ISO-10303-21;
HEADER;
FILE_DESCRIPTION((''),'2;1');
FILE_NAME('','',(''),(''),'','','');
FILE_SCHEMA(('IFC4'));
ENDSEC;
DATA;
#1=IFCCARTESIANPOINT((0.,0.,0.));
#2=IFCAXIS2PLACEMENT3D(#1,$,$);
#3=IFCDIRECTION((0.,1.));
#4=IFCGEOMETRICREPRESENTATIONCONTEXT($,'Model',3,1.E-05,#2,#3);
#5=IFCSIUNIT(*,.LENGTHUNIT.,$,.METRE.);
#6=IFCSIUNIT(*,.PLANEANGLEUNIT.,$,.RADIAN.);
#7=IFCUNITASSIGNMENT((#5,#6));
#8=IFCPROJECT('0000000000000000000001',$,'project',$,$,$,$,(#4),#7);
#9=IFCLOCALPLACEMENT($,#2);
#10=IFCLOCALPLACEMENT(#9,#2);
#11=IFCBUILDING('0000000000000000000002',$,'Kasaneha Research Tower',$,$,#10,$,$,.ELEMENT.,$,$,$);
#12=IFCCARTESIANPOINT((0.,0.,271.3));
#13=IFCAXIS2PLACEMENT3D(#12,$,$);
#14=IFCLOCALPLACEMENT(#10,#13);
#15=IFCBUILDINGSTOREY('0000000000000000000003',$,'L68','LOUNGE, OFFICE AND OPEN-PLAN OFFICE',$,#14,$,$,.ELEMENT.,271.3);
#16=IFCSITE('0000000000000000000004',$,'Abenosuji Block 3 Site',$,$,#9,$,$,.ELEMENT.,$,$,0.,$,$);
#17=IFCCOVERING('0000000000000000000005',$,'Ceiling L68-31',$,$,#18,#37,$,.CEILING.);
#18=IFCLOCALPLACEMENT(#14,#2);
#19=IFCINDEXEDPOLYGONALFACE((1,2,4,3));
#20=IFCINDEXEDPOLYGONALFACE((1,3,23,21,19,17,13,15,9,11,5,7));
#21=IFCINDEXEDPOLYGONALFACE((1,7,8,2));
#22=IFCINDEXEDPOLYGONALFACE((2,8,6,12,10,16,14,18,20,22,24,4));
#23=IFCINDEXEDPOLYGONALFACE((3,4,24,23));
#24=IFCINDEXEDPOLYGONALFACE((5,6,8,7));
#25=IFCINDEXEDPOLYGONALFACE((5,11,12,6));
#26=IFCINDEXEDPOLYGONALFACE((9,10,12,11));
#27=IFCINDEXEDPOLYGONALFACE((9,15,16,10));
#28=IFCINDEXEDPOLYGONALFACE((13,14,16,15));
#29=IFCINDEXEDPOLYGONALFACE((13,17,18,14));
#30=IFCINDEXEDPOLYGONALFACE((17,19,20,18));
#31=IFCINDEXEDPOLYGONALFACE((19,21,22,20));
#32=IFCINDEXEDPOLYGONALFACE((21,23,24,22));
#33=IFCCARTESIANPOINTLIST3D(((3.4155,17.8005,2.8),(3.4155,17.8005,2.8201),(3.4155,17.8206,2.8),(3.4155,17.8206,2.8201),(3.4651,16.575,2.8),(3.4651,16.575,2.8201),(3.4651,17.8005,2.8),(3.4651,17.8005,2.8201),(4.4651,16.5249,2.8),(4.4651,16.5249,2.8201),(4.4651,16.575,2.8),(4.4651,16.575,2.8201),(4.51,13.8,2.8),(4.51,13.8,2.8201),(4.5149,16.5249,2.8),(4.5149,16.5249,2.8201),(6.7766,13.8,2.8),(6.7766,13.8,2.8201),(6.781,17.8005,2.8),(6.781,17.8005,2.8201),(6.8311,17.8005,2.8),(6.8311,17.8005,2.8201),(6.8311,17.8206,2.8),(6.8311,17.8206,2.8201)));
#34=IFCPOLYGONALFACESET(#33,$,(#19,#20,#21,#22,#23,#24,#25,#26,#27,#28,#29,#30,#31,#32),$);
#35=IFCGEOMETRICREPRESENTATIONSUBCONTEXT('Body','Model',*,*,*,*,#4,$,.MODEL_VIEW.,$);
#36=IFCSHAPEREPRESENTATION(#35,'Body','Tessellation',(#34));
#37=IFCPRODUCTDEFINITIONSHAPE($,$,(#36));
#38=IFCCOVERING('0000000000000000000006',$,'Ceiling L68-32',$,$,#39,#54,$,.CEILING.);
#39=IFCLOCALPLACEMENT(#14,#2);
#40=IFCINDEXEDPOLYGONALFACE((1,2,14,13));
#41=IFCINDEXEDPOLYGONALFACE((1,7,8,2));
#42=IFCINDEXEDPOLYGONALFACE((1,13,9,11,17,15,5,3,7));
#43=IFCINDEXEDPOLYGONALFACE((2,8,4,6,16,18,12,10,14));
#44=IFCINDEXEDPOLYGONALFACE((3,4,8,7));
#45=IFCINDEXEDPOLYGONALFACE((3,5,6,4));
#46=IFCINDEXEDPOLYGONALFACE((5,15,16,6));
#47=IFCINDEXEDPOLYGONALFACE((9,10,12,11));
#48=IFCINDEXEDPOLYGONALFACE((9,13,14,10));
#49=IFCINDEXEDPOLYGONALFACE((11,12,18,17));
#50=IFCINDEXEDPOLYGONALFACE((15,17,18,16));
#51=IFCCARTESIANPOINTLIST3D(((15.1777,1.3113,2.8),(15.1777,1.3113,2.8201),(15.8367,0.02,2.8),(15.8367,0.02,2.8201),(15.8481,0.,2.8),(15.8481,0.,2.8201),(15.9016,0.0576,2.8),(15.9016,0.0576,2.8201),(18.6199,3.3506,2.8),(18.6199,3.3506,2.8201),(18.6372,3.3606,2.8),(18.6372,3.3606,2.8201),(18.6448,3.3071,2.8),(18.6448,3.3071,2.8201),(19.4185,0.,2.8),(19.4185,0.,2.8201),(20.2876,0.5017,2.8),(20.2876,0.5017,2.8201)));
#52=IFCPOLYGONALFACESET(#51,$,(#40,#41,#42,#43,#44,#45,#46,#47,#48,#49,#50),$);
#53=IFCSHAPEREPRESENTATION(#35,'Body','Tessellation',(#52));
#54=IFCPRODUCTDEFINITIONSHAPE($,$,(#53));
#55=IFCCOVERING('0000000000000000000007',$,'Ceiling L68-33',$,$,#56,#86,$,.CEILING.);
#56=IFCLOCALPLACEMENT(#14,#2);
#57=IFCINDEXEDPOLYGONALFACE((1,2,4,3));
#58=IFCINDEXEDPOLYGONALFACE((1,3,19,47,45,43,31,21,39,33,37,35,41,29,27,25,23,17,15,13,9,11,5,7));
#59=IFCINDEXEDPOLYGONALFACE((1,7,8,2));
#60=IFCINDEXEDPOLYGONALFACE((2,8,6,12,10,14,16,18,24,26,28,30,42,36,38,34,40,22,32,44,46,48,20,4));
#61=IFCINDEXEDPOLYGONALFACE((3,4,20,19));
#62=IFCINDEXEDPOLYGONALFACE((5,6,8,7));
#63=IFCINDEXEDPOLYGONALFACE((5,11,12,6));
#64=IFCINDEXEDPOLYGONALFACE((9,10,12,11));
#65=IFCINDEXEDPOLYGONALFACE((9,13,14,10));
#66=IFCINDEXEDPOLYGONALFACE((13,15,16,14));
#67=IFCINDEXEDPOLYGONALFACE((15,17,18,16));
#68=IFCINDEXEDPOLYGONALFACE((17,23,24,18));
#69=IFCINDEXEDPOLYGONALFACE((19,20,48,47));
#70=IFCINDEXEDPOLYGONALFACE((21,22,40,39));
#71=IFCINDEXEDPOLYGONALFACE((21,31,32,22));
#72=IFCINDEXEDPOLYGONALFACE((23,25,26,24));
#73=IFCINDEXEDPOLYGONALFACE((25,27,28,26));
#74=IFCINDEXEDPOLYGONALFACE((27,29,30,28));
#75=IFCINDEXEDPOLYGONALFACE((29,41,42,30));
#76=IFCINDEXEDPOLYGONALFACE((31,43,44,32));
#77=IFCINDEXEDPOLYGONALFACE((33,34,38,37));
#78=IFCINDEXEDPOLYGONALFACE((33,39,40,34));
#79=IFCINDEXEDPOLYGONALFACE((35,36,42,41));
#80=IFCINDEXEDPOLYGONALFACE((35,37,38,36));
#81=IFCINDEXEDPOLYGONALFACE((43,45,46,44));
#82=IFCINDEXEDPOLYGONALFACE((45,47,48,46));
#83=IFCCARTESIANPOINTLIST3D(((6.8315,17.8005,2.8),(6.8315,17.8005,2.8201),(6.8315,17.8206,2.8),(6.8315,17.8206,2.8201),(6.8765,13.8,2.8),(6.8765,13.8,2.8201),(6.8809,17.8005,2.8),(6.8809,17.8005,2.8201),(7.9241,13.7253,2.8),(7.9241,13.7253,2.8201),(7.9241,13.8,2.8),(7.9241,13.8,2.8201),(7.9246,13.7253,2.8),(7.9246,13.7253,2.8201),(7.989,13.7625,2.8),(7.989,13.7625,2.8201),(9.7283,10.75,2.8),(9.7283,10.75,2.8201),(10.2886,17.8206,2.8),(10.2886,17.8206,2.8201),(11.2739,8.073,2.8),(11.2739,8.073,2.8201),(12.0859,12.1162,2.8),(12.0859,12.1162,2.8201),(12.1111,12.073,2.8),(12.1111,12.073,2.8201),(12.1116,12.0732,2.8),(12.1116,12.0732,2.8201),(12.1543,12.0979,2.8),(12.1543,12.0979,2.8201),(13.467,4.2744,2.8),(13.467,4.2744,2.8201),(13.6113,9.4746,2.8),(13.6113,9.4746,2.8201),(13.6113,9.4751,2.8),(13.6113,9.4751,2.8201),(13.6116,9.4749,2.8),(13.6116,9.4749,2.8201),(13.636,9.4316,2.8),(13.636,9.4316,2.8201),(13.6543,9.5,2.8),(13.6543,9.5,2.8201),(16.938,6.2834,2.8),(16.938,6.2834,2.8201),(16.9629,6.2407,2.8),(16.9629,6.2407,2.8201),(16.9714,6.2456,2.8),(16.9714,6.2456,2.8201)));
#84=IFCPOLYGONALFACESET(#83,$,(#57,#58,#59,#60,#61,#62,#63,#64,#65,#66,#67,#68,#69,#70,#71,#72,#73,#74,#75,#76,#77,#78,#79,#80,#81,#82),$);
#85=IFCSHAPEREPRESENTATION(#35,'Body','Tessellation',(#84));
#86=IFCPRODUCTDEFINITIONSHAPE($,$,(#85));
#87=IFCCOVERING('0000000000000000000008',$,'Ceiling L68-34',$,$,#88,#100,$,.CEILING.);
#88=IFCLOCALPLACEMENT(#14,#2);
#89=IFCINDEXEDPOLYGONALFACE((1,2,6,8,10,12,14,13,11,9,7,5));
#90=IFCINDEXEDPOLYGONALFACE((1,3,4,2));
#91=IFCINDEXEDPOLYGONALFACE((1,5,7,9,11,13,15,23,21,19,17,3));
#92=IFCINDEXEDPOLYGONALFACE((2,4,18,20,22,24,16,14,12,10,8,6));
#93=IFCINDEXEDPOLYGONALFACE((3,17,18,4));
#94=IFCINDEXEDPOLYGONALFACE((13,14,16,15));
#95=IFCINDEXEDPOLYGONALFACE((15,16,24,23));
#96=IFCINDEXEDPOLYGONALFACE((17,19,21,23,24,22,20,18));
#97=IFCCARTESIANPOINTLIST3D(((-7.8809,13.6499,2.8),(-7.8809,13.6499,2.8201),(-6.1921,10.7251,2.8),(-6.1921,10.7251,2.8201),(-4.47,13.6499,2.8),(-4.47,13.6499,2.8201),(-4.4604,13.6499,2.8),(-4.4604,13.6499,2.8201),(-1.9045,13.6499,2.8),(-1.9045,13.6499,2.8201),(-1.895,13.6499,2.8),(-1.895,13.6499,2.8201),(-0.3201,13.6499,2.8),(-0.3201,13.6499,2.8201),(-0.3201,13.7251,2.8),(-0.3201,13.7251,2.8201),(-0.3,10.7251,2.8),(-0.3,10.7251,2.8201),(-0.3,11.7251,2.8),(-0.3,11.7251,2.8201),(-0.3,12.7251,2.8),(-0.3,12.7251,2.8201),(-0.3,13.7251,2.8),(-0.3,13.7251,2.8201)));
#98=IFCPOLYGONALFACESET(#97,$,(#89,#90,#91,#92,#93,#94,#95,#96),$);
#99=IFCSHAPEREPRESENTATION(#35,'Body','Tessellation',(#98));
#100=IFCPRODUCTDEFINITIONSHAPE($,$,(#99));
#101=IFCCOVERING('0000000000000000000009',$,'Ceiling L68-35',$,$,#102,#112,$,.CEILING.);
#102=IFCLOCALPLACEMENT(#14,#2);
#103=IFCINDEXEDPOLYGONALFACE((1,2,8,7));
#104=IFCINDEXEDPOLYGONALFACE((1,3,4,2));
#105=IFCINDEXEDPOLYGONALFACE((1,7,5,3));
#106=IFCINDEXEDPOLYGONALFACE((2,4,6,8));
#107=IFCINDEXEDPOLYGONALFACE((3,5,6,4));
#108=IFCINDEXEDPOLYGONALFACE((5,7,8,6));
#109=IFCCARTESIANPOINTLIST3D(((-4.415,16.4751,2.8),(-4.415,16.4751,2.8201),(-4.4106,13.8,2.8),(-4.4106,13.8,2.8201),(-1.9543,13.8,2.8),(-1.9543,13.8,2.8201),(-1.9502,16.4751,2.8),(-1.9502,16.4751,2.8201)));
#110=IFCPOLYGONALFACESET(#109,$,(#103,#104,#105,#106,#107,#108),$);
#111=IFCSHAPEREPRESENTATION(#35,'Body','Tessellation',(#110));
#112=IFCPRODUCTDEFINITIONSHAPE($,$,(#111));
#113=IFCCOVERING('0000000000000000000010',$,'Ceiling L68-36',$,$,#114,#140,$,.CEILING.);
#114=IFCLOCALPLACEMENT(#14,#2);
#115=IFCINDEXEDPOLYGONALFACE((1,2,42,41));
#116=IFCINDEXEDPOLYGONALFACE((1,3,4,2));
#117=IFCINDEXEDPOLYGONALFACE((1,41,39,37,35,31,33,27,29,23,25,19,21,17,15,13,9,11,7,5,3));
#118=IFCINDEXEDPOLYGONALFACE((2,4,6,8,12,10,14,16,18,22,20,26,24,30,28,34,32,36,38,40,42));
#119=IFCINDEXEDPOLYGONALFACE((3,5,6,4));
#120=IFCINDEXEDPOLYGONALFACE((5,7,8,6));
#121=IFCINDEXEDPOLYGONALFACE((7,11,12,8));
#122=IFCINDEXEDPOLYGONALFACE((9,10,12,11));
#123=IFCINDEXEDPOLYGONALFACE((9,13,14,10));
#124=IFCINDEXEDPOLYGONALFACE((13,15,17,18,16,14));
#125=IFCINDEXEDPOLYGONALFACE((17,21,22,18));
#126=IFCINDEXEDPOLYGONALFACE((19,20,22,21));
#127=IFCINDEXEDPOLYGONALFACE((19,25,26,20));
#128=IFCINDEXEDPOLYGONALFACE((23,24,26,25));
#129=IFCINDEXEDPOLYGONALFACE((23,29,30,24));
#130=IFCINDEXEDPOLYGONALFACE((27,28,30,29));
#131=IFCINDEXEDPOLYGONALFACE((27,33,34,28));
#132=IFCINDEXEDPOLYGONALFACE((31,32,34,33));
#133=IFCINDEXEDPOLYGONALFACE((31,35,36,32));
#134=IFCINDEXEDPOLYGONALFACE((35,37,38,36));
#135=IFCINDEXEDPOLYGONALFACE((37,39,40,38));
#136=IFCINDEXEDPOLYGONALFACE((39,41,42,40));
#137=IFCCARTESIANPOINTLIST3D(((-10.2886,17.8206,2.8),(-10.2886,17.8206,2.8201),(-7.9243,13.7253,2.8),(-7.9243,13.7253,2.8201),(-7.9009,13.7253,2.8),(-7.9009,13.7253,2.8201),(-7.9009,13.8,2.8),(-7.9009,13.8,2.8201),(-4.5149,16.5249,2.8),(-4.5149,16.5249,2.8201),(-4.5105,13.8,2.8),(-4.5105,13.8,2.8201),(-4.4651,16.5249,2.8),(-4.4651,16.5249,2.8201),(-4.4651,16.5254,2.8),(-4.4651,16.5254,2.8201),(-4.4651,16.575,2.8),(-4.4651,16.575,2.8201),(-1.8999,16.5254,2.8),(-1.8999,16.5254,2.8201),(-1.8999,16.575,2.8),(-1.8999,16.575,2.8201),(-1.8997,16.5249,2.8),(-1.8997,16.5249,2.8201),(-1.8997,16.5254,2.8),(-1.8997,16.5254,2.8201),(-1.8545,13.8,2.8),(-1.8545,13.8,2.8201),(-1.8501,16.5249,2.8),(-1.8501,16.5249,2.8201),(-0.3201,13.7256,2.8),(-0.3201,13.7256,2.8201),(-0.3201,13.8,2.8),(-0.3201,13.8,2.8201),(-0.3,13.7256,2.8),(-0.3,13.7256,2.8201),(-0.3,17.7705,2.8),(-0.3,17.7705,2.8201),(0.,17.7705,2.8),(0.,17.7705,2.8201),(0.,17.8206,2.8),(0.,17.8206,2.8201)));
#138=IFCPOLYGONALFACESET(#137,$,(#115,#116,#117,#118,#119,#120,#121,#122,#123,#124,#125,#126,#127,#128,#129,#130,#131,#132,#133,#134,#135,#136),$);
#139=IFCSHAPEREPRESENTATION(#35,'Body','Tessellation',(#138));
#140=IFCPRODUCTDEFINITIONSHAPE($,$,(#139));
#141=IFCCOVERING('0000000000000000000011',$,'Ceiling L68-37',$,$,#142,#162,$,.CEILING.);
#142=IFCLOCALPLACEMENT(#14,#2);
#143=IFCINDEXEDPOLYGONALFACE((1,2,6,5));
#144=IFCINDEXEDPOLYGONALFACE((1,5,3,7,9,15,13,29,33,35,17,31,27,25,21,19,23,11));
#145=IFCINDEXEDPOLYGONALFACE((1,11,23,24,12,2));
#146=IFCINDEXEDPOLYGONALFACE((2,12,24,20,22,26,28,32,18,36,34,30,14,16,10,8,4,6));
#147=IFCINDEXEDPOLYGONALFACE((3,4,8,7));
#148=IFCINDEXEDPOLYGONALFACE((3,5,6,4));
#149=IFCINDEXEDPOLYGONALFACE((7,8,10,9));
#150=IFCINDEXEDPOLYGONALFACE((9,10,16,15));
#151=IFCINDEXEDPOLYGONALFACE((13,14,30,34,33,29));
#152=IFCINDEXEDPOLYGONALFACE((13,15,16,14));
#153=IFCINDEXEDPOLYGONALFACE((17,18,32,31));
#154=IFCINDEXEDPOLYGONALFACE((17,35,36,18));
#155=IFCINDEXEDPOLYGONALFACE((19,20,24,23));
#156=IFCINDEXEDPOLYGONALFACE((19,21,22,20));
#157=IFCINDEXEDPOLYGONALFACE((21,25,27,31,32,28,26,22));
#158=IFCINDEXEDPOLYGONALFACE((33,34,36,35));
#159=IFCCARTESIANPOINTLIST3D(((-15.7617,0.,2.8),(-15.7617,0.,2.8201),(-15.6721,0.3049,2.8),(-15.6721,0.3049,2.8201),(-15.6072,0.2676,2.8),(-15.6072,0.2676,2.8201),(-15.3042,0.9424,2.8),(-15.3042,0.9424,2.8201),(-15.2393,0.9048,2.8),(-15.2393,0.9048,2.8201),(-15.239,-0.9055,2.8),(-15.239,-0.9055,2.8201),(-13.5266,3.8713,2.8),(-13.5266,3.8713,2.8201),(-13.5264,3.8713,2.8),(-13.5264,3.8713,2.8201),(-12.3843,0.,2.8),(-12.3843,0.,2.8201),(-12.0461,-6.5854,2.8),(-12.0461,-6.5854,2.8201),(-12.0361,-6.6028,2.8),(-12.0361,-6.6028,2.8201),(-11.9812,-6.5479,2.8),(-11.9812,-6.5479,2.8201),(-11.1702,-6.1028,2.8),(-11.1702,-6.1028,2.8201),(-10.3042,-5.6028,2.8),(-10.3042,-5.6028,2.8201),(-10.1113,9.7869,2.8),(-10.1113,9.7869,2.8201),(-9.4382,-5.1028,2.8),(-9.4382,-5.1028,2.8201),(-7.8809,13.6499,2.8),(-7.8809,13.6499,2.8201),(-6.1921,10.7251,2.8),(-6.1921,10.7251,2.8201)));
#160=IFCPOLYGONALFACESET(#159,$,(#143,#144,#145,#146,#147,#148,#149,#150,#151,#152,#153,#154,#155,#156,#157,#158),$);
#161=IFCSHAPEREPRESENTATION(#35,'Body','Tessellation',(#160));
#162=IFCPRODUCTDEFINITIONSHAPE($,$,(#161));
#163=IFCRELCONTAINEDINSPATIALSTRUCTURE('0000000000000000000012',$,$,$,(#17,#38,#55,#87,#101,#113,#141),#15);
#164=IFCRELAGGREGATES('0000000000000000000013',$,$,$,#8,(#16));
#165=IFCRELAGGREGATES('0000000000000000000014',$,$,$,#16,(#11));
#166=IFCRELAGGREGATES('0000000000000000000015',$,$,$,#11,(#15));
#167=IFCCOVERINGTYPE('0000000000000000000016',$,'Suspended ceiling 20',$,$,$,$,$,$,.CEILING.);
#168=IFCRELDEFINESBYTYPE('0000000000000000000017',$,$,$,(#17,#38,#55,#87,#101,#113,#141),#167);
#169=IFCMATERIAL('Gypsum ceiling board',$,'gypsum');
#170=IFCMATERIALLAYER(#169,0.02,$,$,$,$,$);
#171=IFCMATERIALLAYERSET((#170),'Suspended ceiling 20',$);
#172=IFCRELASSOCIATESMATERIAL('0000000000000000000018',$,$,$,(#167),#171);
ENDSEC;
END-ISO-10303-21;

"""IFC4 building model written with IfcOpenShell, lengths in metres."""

from ifc_helpers import new_model, si_unit, direction, frame, origin, place, context, subcontext, project, spatial, polyline, outline, extrude, material, layer, layer_set, type_object, element, save


model = new_model("IFC4")

# Units and contexts
model_context = context("Model", 3, precision=1e-05, world=origin(), true_north=direction((0.0, 1.0)))
body_context = subcontext(model_context, "Body", "Model", "MODEL_VIEW")
ifc_project = project(units=[si_unit("LENGTHUNIT", "METRE"), si_unit("PLANEANGLEUNIT", "RADIAN")], contexts=[model_context])

# Site, building, storey
site_placement = place(None, origin())
site = spatial("IfcSite", under=ifc_project, at=site_placement, Name="Abenosuji Block 3 Site", CompositionType="ELEMENT", RefElevation=0.0)
building_placement = place(site_placement, origin())
building = spatial("IfcBuilding", under=site, at=building_placement, Name="Kasaneha Research Tower", CompositionType="ELEMENT")
storey_placement = place(building_placement, frame((0.0, 0.0, 271.3)))
storey = spatial("IfcBuildingStorey", under=building, at=storey_placement, Name="L68", Description="LOUNGE, OFFICE AND OPEN-PLAN OFFICE", CompositionType="ELEMENT", Elevation=271.3)

# Coverings
ifc_material_1 = material(Name="Gypsum ceiling board", Category="gypsum")
ifc_layer_1 = layer(ifc_material_1, 0.02)
ifc_layer_set_1 = layer_set([ifc_layer_1], Name="Suspended ceiling 20")
covering_type_1 = type_object("IfcCoveringType", Name="Suspended ceiling 20", PredefinedType="CEILING", material=ifc_layer_set_1)
covering_1_placement = place(storey_placement, frame((0.0, 0.0, 2.8)))
element("IfcCovering", 1, at=covering_1_placement, inside=storey, type_object=covering_type_1, Name="Ceiling L68-31", PredefinedType="CEILING", context=body_context, shape_type="SweptSolid", body=[
    extrude(outline(polyline([(6.8311, 17.8005), (6.781, 17.8005), (6.7766, 13.8), (4.51, 13.8), (4.5149, 16.5249), (4.4651, 16.5249), (4.4651, 16.575), (3.4651, 16.575), (3.4651, 17.8005), (3.4155, 17.8005), (3.4155, 17.8206), (6.8311, 17.8206), (6.8311, 17.8005)])), origin(), (0.0, 0.0, 1.0), 0.02),
])
covering_2_placement = place(storey_placement, frame((0.0, 0.0, 2.8)))
element("IfcCovering", 2, at=covering_2_placement, inside=storey, type_object=covering_type_1, Name="Ceiling L68-32", PredefinedType="CEILING", context=body_context, shape_type="SweptSolid", body=[
    extrude(outline(polyline([(20.2876, 0.5017), (19.4185, 0.0), (15.8481, 0.0), (15.8367, 0.02), (15.9016, 0.0576), (15.1777, 1.3113), (18.6448, 3.3071), (18.6199, 3.3506), (18.6372, 3.3606), (20.2876, 0.5017)])), origin(), (0.0, 0.0, 1.0), 0.02),
])
covering_3_placement = place(storey_placement, frame((0.0, 0.0, 2.8)))
element("IfcCovering", 3, at=covering_3_placement, inside=storey, type_object=covering_type_1, Name="Ceiling L68-33", PredefinedType="CEILING", context=body_context, shape_type="SweptSolid", body=[
    extrude(outline(polyline([(16.9629, 6.2407), (16.938, 6.2834), (13.467, 4.2744), (11.2739, 8.073), (13.636, 9.4316), (13.6113, 9.4746), (13.6116, 9.4749), (13.6113, 9.4751), (13.6543, 9.5), (12.1543, 12.0979), (12.1116, 12.0732), (12.1116, 12.0732), (12.1111, 12.073), (12.0859, 12.1162), (9.7283, 10.75), (7.989, 13.7625), (7.9246, 13.7253), (7.9246, 13.7253), (7.9241, 13.7253), (7.9241, 13.8), (6.8765, 13.8), (6.8809, 17.8005), (6.8315, 17.8005), (6.8315, 17.8206), (10.2886, 17.8206), (16.9714, 6.2456), (16.9629, 6.2407)])), origin(), (0.0, 0.0, 1.0), 0.02),
])
covering_4_placement = place(storey_placement, frame((0.0, 0.0, 2.8)))
element("IfcCovering", 4, at=covering_4_placement, inside=storey, type_object=covering_type_1, Name="Ceiling L68-34", PredefinedType="CEILING", context=body_context, shape_type="SweptSolid", body=[
    extrude(outline(polyline([(-0.3, 11.7251), (-0.3, 10.7251), (-6.1921, 10.7251), (-7.8809, 13.6499), (-4.47, 13.6499), (-4.4604, 13.6499), (-1.9045, 13.6499), (-1.895, 13.6499), (-0.3201, 13.6499), (-0.3201, 13.7251), (-0.3, 13.7251), (-0.3, 12.7251), (-0.3, 11.7251)])), origin(), (0.0, 0.0, 1.0), 0.02),
])
covering_5_placement = place(storey_placement, frame((0.0, 0.0, 2.8)))
element("IfcCovering", 5, at=covering_5_placement, inside=storey, type_object=covering_type_1, Name="Ceiling L68-35", PredefinedType="CEILING", context=body_context, shape_type="SweptSolid", body=[
    extrude(outline(polyline([(-1.9502, 16.4751), (-1.9543, 13.8), (-4.4106, 13.8), (-4.415, 16.4751), (-1.9502, 16.4751)])), origin(), (0.0, 0.0, 1.0), 0.02),
])
covering_6_placement = place(storey_placement, frame((0.0, 0.0, 2.8)))
element("IfcCovering", 6, at=covering_6_placement, inside=storey, type_object=covering_type_1, Name="Ceiling L68-36", PredefinedType="CEILING", context=body_context, shape_type="SweptSolid", body=[
    extrude(outline(polyline([(-0.3201, 13.7256), (-0.3201, 13.8), (-1.8545, 13.8), (-1.8501, 16.5249), (-1.8997, 16.5249), (-1.8997, 16.5254), (-1.8999, 16.5254), (-1.8999, 16.575), (-4.4651, 16.575), (-4.4651, 16.5254), (-4.4651, 16.5249), (-4.5149, 16.5249), (-4.5105, 13.8), (-7.9009, 13.8), (-7.9009, 13.7253), (-7.9243, 13.7253), (-10.2886, 17.8206), (0.0, 17.8206), (0.0, 17.7705), (-0.3, 17.7705), (-0.3, 17.7705), (-0.3, 13.7256), (-0.3201, 13.7256)])), origin(), (0.0, 0.0, 1.0), 0.02),
])
covering_7_placement = place(storey_placement, frame((0.0, 0.0, 2.8)))
element("IfcCovering", 7, at=covering_7_placement, inside=storey, type_object=covering_type_1, Name="Ceiling L68-37", PredefinedType="CEILING", context=body_context, shape_type="SweptSolid", body=[
    extrude(outline(polyline([(-12.3843, 0.0), (-9.4382, -5.1028), (-10.3042, -5.6028), (-10.3042, -5.6028), (-11.1702, -6.1028), (-11.1702, -6.1028), (-12.0361, -6.6028), (-12.0461, -6.5854), (-11.9812, -6.5479), (-15.239, -0.9055), (-15.239, -0.9055), (-15.7617, 0.0), (-15.6072, 0.2676), (-15.6721, 0.3049), (-15.3042, 0.9424), (-15.2393, 0.9048), (-13.5264, 3.8713), (-13.5266, 3.8713), (-10.1113, 9.7869), (-10.1113, 9.7869), (-7.8809, 13.6499), (-7.8809, 13.6499), (-6.1921, 10.7251), (-12.3843, 0.0)])), origin(), (0.0, 0.0, 1.0), 0.02),
])

save(model, "model.ifc")
